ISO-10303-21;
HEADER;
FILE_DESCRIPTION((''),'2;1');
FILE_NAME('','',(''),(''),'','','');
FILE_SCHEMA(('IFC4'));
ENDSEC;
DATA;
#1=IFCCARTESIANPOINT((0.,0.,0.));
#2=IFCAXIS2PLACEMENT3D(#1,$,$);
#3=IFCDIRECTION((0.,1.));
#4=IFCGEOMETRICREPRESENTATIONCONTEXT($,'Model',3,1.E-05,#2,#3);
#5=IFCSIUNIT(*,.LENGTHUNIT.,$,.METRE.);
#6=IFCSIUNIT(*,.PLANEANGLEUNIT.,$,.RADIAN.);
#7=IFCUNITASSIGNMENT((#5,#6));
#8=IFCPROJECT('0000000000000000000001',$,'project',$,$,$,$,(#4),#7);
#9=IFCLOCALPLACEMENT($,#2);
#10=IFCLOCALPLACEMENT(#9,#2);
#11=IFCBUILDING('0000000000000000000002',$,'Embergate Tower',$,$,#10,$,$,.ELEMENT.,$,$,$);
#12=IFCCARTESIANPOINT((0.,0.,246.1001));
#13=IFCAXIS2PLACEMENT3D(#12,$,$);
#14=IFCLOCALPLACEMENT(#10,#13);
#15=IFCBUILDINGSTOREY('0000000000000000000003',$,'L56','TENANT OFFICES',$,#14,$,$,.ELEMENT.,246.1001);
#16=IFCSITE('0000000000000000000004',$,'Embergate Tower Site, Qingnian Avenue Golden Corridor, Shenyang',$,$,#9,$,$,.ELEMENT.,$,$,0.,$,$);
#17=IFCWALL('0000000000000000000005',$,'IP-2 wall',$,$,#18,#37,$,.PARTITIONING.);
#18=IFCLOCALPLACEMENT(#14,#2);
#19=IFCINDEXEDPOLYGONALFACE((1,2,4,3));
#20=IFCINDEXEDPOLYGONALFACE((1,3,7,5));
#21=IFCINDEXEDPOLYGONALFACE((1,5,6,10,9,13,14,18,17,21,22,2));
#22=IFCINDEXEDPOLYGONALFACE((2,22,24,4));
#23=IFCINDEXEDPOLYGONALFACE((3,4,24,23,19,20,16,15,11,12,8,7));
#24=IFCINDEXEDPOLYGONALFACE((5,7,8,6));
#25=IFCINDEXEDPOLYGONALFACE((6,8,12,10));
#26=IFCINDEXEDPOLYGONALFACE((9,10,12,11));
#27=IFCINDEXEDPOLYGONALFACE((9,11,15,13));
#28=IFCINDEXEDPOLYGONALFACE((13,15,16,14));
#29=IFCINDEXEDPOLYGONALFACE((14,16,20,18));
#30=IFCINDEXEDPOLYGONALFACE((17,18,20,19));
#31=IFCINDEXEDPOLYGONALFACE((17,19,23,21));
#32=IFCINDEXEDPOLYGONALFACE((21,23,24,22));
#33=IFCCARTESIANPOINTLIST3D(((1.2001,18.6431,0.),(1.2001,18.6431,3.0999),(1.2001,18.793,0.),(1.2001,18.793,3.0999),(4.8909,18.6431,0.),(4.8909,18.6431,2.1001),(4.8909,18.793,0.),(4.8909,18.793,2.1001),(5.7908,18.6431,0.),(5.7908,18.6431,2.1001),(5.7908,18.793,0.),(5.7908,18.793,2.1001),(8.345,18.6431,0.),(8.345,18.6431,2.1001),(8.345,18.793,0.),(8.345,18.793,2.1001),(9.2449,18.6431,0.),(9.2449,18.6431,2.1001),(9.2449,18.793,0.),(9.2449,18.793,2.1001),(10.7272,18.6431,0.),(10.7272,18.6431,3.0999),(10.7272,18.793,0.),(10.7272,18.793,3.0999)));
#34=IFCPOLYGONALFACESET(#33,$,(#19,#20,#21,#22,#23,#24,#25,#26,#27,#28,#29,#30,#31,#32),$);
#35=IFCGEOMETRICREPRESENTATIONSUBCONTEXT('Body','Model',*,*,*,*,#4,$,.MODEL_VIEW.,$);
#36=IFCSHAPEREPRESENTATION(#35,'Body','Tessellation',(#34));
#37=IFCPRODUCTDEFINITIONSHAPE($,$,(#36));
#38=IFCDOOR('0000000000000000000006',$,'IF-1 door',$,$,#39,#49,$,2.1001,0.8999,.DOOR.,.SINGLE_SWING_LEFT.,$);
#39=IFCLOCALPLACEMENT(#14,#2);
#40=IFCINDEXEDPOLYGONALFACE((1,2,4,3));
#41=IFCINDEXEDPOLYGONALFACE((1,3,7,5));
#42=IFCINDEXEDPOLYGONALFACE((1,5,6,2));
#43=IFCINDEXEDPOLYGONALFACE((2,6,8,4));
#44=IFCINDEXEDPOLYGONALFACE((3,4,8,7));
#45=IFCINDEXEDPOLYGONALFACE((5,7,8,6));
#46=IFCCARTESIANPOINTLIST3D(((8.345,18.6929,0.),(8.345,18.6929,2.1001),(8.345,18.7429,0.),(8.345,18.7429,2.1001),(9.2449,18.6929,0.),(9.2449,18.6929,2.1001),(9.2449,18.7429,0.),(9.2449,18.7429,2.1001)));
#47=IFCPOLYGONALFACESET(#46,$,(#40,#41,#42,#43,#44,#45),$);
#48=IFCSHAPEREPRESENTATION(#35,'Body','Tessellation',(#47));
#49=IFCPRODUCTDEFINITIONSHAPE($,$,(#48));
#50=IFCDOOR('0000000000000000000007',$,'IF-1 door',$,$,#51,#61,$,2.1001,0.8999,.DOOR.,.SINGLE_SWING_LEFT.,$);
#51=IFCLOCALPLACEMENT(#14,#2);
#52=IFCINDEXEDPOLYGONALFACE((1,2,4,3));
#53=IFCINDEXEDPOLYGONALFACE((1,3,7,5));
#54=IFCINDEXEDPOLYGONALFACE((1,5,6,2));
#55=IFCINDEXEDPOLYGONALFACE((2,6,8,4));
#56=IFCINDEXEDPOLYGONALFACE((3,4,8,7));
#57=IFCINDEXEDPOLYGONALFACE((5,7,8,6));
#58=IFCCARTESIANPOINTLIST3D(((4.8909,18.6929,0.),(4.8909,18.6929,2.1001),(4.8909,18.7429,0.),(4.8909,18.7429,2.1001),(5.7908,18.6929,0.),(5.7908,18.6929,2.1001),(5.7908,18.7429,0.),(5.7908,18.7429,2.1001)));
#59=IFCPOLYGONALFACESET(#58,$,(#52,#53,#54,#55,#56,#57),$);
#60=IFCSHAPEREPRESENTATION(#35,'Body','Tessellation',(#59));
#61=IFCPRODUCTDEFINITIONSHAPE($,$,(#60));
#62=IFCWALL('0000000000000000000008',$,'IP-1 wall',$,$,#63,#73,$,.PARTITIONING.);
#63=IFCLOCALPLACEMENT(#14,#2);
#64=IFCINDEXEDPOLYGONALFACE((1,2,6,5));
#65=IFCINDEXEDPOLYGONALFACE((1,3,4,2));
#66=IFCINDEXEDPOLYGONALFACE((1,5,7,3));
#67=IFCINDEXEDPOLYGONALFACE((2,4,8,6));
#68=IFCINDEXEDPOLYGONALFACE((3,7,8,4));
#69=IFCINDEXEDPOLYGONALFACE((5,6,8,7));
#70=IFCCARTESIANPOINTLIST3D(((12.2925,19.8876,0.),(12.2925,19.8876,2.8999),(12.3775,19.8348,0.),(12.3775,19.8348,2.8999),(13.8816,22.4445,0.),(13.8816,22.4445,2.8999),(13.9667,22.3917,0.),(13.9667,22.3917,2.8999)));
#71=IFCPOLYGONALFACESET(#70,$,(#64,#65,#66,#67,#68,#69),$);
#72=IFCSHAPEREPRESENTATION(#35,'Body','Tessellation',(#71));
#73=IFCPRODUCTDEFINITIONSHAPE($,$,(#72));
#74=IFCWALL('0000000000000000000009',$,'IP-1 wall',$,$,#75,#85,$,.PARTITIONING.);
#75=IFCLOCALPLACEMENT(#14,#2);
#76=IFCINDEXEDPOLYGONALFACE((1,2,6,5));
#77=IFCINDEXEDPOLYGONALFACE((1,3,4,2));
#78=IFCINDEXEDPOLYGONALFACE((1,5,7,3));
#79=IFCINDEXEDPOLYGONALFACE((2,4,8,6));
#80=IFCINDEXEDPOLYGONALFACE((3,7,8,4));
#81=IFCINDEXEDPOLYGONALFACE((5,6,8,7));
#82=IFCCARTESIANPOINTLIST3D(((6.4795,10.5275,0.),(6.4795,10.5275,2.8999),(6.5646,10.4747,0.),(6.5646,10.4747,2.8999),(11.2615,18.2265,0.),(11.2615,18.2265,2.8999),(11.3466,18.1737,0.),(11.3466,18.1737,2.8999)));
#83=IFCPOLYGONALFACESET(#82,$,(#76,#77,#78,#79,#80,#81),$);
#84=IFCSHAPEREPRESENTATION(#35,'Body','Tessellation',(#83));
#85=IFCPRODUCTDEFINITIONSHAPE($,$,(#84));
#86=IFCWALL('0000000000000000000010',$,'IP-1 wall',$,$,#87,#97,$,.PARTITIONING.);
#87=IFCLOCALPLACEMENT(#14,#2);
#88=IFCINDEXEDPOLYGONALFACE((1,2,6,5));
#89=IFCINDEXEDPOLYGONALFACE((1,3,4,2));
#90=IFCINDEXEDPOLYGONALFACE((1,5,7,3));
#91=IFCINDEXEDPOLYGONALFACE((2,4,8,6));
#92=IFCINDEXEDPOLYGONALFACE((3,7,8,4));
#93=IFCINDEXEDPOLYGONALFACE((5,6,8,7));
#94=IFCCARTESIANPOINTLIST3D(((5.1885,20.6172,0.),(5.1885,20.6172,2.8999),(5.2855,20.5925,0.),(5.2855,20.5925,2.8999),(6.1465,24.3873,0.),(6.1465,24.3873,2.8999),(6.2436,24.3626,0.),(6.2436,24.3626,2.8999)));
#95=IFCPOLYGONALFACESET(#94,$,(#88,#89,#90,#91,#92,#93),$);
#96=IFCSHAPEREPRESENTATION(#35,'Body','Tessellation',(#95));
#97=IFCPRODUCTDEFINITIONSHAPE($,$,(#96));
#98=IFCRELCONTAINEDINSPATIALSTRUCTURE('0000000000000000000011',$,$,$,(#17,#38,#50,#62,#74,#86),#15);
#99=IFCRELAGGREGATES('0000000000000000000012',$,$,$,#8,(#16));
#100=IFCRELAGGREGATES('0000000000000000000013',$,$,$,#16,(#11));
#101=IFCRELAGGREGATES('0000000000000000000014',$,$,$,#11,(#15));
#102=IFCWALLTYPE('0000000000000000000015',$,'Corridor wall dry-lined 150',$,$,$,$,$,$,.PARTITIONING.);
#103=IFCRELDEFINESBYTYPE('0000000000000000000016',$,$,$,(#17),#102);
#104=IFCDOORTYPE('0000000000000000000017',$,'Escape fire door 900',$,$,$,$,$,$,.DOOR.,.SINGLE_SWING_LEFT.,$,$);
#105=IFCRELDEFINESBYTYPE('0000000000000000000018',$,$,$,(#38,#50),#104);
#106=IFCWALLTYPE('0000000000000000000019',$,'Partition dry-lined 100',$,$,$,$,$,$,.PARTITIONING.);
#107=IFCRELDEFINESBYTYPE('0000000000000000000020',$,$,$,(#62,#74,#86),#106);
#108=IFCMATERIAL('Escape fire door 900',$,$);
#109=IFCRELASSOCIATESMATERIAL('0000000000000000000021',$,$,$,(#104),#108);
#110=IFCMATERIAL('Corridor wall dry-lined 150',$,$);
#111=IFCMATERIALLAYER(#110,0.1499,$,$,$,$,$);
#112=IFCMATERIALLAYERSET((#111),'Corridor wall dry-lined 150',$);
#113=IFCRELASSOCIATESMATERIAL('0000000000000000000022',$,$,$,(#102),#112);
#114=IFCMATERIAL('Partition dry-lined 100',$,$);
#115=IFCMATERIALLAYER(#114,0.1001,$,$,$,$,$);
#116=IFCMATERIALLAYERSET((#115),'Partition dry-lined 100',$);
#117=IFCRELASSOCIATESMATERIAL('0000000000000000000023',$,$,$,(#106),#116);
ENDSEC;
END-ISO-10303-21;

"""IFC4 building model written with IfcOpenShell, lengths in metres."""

from ifc_helpers import new_model, si_unit, direction, frame, frame_2d, origin, place, context, subcontext, project, spatial, rectangle, extrude, source, transform, mapped, material, layer, layer_set, type_object, element, fill, save


model = new_model("IFC4")

# Units and contexts
model_context = context("Model", 3, precision=1e-05, world=origin(), true_north=direction((0.0, 1.0)))
body_context = subcontext(model_context, "Body", "Model", "MODEL_VIEW")
ifc_project = project(units=[si_unit("LENGTHUNIT", "METRE"), si_unit("PLANEANGLEUNIT", "RADIAN")], contexts=[model_context])

# Site, building, storey
site_placement = place(None, origin())
site = spatial("IfcSite", under=ifc_project, at=site_placement, Name="Embergate Tower Site, Qingnian Avenue Golden Corridor, Shenyang", CompositionType="ELEMENT", RefElevation=0.0)
building_placement = place(site_placement, origin())
building = spatial("IfcBuilding", under=site, at=building_placement, Name="Embergate Tower", CompositionType="ELEMENT")
storey_placement = place(building_placement, frame((0.0, 0.0, 246.1001)))
storey = spatial("IfcBuildingStorey", under=building, at=storey_placement, Name="L56", Description="TENANT OFFICES", CompositionType="ELEMENT", Elevation=246.1001)

# Shared definitions
shared_shape_1 = source(origin(), body_context, "Body", "SweptSolid", [
    extrude(rectangle(XDim=0.8999, YDim=2.1001, at=frame_2d((0.45, 1.05))), frame((0.0, 0.085, 0.0), z_axis=(0.0, -1.0, 0.0), x_axis=(1.0, 0.0, 0.0)), (0.0, 0.0, 1.0), 0.1699),
])
ifc_material_1 = material(Name="Escape fire door 900")
door_type_1 = type_object("IfcDoorType", Name="Escape fire door 900", OperationType="SINGLE_SWING_LEFT", PredefinedType="DOOR", material=ifc_material_1)
shared_shape_2 = source(origin(), body_context, "Body", "SweptSolid", [
    extrude(rectangle(XDim=0.8999, YDim=2.1001, at=frame_2d((0.45, 1.05))), frame((0.0, 0.0249, 0.0), z_axis=(0.0, -1.0, 0.0), x_axis=(1.0, 0.0, 0.0)), (0.0, 0.0, 1.0), 0.05),
])
ifc_material_2 = material(Name="Corridor wall dry-lined 150")
ifc_layer_1 = layer(ifc_material_2, 0.1499)
ifc_layer_set_1 = layer_set([ifc_layer_1], Name="Corridor wall dry-lined 150")
wall_type_1 = type_object("IfcWallType", Name="Corridor wall dry-lined 150", PredefinedType="PARTITIONING", material=ifc_layer_set_1)

# Wall, openings, doors
shared_shape_3 = source(origin(), body_context, "Body", "SweptSolid", [
    extrude(rectangle(XDim=9.5271, YDim=0.1499, at=frame_2d((4.7637, 0.0))), origin(), (0.0, 0.0, 1.0), 3.0999),
])
wall_1_placement = place(storey_placement, frame((1.2, 18.718, 0.0), z_axis=(0.0, 0.0, 1.0), x_axis=(1.0, 0.0, 0.0)))
wall_1 = element("IfcWall", 1, at=wall_1_placement, inside=storey, type_object=wall_type_1, Name="IP-2 wall", PredefinedType="PARTITIONING", context=body_context, shape_type="MappedRepresentation", body=[
    mapped(shared_shape_3, transform((0.0, 0.0, 0.0))),
])
opening_1_placement = place(wall_1_placement, frame((7.145, 0.0, 0.0)))
opening_1 = element("IfcOpeningElement", 2, at=opening_1_placement, cuts=wall_1, PredefinedType="OPENING", context=body_context, shape_type="MappedRepresentation", body=[
    mapped(shared_shape_1, transform((0.0, 0.0, 0.0))),
])
opening_2_placement = place(wall_1_placement, frame((3.6909, 0.0, 0.0)))
opening_2 = element("IfcOpeningElement", 3, at=opening_2_placement, cuts=wall_1, PredefinedType="OPENING", context=body_context, shape_type="MappedRepresentation", body=[
    mapped(shared_shape_1, transform((0.0, 0.0, 0.0))),
])
door_1_placement = place(opening_1_placement, origin())
door_1 = element("IfcDoor", 4, at=door_1_placement, inside=storey, type_object=door_type_1, Name="IF-1 door", OperationType="SINGLE_SWING_LEFT", OverallHeight=2.1001, OverallWidth=0.8999, PredefinedType="DOOR", context=body_context, shape_type="MappedRepresentation", body=[
    mapped(shared_shape_2, transform((0.0, 0.0, 0.0))),
])
fill(opening_1, door_1)
door_2_placement = place(opening_2_placement, origin())
door_2 = element("IfcDoor", 5, at=door_2_placement, inside=storey, type_object=door_type_1, Name="IF-1 door", OperationType="SINGLE_SWING_LEFT", OverallHeight=2.1001, OverallWidth=0.8999, PredefinedType="DOOR", context=body_context, shape_type="MappedRepresentation", body=[
    mapped(shared_shape_2, transform((0.0, 0.0, 0.0))),
])
fill(opening_2, door_2)

# Walls
ifc_material_3 = material(Name="Partition dry-lined 100")
ifc_layer_2 = layer(ifc_material_3, 0.1001)
ifc_layer_set_2 = layer_set([ifc_layer_2], Name="Partition dry-lined 100")
wall_type_2 = type_object("IfcWallType", Name="Partition dry-lined 100", PredefinedType="PARTITIONING", material=ifc_layer_set_2)
shared_shape_4 = source(origin(), body_context, "Body", "SweptSolid", [
    extrude(rectangle(XDim=3.0105, YDim=0.1001, at=frame_2d((1.5054, 0.0))), origin(), (0.0, 0.0, 1.0), 2.8999),
])
wall_2_placement = place(storey_placement, frame((12.335, 19.8611, 0.0), z_axis=(0.0, 0.0, 1.0), x_axis=(0.527861, 0.849331, 0.0)))
element("IfcWall", 6, at=wall_2_placement, inside=storey, type_object=wall_type_2, Name="IP-1 wall", PredefinedType="PARTITIONING", context=body_context, shape_type="MappedRepresentation", body=[
    mapped(shared_shape_4, transform((0.0, 0.0, 0.0))),
])
shared_shape_5 = source(origin(), body_context, "Body", "SweptSolid", [
    extrude(rectangle(XDim=9.0632, YDim=0.1001, at=frame_2d((4.5317, 0.0))), origin(), (0.0, 0.0, 1.0), 2.8999),
])
wall_3_placement = place(storey_placement, frame((6.522, 10.501, 0.0), z_axis=(0.0, 0.0, 1.0), x_axis=(0.527626, 0.849477, 0.0)))
element("IfcWall", 7, at=wall_3_placement, inside=storey, type_object=wall_type_2, Name="IP-1 wall", PredefinedType="PARTITIONING", context=body_context, shape_type="MappedRepresentation", body=[
    mapped(shared_shape_5, transform((0.0, 0.0, 0.0))),
])
shared_shape_6 = source(origin(), body_context, "Body", "SweptSolid", [
    extrude(rectangle(XDim=3.8899, YDim=0.1001, at=frame_2d((1.9448, 0.0))), origin(), (0.0, 0.0, 1.0), 2.8999),
])
wall_4_placement = place(storey_placement, frame((5.2371, 20.605, 0.0), z_axis=(0.0, 0.0, 1.0), x_axis=(0.246285, 0.969197, 0.0)))
element("IfcWall", 8, at=wall_4_placement, inside=storey, type_object=wall_type_2, Name="IP-1 wall", PredefinedType="PARTITIONING", context=body_context, shape_type="MappedRepresentation", body=[
    mapped(shared_shape_6, transform((0.0, 0.0, 0.0))),
])

save(model, "model.ifc")
